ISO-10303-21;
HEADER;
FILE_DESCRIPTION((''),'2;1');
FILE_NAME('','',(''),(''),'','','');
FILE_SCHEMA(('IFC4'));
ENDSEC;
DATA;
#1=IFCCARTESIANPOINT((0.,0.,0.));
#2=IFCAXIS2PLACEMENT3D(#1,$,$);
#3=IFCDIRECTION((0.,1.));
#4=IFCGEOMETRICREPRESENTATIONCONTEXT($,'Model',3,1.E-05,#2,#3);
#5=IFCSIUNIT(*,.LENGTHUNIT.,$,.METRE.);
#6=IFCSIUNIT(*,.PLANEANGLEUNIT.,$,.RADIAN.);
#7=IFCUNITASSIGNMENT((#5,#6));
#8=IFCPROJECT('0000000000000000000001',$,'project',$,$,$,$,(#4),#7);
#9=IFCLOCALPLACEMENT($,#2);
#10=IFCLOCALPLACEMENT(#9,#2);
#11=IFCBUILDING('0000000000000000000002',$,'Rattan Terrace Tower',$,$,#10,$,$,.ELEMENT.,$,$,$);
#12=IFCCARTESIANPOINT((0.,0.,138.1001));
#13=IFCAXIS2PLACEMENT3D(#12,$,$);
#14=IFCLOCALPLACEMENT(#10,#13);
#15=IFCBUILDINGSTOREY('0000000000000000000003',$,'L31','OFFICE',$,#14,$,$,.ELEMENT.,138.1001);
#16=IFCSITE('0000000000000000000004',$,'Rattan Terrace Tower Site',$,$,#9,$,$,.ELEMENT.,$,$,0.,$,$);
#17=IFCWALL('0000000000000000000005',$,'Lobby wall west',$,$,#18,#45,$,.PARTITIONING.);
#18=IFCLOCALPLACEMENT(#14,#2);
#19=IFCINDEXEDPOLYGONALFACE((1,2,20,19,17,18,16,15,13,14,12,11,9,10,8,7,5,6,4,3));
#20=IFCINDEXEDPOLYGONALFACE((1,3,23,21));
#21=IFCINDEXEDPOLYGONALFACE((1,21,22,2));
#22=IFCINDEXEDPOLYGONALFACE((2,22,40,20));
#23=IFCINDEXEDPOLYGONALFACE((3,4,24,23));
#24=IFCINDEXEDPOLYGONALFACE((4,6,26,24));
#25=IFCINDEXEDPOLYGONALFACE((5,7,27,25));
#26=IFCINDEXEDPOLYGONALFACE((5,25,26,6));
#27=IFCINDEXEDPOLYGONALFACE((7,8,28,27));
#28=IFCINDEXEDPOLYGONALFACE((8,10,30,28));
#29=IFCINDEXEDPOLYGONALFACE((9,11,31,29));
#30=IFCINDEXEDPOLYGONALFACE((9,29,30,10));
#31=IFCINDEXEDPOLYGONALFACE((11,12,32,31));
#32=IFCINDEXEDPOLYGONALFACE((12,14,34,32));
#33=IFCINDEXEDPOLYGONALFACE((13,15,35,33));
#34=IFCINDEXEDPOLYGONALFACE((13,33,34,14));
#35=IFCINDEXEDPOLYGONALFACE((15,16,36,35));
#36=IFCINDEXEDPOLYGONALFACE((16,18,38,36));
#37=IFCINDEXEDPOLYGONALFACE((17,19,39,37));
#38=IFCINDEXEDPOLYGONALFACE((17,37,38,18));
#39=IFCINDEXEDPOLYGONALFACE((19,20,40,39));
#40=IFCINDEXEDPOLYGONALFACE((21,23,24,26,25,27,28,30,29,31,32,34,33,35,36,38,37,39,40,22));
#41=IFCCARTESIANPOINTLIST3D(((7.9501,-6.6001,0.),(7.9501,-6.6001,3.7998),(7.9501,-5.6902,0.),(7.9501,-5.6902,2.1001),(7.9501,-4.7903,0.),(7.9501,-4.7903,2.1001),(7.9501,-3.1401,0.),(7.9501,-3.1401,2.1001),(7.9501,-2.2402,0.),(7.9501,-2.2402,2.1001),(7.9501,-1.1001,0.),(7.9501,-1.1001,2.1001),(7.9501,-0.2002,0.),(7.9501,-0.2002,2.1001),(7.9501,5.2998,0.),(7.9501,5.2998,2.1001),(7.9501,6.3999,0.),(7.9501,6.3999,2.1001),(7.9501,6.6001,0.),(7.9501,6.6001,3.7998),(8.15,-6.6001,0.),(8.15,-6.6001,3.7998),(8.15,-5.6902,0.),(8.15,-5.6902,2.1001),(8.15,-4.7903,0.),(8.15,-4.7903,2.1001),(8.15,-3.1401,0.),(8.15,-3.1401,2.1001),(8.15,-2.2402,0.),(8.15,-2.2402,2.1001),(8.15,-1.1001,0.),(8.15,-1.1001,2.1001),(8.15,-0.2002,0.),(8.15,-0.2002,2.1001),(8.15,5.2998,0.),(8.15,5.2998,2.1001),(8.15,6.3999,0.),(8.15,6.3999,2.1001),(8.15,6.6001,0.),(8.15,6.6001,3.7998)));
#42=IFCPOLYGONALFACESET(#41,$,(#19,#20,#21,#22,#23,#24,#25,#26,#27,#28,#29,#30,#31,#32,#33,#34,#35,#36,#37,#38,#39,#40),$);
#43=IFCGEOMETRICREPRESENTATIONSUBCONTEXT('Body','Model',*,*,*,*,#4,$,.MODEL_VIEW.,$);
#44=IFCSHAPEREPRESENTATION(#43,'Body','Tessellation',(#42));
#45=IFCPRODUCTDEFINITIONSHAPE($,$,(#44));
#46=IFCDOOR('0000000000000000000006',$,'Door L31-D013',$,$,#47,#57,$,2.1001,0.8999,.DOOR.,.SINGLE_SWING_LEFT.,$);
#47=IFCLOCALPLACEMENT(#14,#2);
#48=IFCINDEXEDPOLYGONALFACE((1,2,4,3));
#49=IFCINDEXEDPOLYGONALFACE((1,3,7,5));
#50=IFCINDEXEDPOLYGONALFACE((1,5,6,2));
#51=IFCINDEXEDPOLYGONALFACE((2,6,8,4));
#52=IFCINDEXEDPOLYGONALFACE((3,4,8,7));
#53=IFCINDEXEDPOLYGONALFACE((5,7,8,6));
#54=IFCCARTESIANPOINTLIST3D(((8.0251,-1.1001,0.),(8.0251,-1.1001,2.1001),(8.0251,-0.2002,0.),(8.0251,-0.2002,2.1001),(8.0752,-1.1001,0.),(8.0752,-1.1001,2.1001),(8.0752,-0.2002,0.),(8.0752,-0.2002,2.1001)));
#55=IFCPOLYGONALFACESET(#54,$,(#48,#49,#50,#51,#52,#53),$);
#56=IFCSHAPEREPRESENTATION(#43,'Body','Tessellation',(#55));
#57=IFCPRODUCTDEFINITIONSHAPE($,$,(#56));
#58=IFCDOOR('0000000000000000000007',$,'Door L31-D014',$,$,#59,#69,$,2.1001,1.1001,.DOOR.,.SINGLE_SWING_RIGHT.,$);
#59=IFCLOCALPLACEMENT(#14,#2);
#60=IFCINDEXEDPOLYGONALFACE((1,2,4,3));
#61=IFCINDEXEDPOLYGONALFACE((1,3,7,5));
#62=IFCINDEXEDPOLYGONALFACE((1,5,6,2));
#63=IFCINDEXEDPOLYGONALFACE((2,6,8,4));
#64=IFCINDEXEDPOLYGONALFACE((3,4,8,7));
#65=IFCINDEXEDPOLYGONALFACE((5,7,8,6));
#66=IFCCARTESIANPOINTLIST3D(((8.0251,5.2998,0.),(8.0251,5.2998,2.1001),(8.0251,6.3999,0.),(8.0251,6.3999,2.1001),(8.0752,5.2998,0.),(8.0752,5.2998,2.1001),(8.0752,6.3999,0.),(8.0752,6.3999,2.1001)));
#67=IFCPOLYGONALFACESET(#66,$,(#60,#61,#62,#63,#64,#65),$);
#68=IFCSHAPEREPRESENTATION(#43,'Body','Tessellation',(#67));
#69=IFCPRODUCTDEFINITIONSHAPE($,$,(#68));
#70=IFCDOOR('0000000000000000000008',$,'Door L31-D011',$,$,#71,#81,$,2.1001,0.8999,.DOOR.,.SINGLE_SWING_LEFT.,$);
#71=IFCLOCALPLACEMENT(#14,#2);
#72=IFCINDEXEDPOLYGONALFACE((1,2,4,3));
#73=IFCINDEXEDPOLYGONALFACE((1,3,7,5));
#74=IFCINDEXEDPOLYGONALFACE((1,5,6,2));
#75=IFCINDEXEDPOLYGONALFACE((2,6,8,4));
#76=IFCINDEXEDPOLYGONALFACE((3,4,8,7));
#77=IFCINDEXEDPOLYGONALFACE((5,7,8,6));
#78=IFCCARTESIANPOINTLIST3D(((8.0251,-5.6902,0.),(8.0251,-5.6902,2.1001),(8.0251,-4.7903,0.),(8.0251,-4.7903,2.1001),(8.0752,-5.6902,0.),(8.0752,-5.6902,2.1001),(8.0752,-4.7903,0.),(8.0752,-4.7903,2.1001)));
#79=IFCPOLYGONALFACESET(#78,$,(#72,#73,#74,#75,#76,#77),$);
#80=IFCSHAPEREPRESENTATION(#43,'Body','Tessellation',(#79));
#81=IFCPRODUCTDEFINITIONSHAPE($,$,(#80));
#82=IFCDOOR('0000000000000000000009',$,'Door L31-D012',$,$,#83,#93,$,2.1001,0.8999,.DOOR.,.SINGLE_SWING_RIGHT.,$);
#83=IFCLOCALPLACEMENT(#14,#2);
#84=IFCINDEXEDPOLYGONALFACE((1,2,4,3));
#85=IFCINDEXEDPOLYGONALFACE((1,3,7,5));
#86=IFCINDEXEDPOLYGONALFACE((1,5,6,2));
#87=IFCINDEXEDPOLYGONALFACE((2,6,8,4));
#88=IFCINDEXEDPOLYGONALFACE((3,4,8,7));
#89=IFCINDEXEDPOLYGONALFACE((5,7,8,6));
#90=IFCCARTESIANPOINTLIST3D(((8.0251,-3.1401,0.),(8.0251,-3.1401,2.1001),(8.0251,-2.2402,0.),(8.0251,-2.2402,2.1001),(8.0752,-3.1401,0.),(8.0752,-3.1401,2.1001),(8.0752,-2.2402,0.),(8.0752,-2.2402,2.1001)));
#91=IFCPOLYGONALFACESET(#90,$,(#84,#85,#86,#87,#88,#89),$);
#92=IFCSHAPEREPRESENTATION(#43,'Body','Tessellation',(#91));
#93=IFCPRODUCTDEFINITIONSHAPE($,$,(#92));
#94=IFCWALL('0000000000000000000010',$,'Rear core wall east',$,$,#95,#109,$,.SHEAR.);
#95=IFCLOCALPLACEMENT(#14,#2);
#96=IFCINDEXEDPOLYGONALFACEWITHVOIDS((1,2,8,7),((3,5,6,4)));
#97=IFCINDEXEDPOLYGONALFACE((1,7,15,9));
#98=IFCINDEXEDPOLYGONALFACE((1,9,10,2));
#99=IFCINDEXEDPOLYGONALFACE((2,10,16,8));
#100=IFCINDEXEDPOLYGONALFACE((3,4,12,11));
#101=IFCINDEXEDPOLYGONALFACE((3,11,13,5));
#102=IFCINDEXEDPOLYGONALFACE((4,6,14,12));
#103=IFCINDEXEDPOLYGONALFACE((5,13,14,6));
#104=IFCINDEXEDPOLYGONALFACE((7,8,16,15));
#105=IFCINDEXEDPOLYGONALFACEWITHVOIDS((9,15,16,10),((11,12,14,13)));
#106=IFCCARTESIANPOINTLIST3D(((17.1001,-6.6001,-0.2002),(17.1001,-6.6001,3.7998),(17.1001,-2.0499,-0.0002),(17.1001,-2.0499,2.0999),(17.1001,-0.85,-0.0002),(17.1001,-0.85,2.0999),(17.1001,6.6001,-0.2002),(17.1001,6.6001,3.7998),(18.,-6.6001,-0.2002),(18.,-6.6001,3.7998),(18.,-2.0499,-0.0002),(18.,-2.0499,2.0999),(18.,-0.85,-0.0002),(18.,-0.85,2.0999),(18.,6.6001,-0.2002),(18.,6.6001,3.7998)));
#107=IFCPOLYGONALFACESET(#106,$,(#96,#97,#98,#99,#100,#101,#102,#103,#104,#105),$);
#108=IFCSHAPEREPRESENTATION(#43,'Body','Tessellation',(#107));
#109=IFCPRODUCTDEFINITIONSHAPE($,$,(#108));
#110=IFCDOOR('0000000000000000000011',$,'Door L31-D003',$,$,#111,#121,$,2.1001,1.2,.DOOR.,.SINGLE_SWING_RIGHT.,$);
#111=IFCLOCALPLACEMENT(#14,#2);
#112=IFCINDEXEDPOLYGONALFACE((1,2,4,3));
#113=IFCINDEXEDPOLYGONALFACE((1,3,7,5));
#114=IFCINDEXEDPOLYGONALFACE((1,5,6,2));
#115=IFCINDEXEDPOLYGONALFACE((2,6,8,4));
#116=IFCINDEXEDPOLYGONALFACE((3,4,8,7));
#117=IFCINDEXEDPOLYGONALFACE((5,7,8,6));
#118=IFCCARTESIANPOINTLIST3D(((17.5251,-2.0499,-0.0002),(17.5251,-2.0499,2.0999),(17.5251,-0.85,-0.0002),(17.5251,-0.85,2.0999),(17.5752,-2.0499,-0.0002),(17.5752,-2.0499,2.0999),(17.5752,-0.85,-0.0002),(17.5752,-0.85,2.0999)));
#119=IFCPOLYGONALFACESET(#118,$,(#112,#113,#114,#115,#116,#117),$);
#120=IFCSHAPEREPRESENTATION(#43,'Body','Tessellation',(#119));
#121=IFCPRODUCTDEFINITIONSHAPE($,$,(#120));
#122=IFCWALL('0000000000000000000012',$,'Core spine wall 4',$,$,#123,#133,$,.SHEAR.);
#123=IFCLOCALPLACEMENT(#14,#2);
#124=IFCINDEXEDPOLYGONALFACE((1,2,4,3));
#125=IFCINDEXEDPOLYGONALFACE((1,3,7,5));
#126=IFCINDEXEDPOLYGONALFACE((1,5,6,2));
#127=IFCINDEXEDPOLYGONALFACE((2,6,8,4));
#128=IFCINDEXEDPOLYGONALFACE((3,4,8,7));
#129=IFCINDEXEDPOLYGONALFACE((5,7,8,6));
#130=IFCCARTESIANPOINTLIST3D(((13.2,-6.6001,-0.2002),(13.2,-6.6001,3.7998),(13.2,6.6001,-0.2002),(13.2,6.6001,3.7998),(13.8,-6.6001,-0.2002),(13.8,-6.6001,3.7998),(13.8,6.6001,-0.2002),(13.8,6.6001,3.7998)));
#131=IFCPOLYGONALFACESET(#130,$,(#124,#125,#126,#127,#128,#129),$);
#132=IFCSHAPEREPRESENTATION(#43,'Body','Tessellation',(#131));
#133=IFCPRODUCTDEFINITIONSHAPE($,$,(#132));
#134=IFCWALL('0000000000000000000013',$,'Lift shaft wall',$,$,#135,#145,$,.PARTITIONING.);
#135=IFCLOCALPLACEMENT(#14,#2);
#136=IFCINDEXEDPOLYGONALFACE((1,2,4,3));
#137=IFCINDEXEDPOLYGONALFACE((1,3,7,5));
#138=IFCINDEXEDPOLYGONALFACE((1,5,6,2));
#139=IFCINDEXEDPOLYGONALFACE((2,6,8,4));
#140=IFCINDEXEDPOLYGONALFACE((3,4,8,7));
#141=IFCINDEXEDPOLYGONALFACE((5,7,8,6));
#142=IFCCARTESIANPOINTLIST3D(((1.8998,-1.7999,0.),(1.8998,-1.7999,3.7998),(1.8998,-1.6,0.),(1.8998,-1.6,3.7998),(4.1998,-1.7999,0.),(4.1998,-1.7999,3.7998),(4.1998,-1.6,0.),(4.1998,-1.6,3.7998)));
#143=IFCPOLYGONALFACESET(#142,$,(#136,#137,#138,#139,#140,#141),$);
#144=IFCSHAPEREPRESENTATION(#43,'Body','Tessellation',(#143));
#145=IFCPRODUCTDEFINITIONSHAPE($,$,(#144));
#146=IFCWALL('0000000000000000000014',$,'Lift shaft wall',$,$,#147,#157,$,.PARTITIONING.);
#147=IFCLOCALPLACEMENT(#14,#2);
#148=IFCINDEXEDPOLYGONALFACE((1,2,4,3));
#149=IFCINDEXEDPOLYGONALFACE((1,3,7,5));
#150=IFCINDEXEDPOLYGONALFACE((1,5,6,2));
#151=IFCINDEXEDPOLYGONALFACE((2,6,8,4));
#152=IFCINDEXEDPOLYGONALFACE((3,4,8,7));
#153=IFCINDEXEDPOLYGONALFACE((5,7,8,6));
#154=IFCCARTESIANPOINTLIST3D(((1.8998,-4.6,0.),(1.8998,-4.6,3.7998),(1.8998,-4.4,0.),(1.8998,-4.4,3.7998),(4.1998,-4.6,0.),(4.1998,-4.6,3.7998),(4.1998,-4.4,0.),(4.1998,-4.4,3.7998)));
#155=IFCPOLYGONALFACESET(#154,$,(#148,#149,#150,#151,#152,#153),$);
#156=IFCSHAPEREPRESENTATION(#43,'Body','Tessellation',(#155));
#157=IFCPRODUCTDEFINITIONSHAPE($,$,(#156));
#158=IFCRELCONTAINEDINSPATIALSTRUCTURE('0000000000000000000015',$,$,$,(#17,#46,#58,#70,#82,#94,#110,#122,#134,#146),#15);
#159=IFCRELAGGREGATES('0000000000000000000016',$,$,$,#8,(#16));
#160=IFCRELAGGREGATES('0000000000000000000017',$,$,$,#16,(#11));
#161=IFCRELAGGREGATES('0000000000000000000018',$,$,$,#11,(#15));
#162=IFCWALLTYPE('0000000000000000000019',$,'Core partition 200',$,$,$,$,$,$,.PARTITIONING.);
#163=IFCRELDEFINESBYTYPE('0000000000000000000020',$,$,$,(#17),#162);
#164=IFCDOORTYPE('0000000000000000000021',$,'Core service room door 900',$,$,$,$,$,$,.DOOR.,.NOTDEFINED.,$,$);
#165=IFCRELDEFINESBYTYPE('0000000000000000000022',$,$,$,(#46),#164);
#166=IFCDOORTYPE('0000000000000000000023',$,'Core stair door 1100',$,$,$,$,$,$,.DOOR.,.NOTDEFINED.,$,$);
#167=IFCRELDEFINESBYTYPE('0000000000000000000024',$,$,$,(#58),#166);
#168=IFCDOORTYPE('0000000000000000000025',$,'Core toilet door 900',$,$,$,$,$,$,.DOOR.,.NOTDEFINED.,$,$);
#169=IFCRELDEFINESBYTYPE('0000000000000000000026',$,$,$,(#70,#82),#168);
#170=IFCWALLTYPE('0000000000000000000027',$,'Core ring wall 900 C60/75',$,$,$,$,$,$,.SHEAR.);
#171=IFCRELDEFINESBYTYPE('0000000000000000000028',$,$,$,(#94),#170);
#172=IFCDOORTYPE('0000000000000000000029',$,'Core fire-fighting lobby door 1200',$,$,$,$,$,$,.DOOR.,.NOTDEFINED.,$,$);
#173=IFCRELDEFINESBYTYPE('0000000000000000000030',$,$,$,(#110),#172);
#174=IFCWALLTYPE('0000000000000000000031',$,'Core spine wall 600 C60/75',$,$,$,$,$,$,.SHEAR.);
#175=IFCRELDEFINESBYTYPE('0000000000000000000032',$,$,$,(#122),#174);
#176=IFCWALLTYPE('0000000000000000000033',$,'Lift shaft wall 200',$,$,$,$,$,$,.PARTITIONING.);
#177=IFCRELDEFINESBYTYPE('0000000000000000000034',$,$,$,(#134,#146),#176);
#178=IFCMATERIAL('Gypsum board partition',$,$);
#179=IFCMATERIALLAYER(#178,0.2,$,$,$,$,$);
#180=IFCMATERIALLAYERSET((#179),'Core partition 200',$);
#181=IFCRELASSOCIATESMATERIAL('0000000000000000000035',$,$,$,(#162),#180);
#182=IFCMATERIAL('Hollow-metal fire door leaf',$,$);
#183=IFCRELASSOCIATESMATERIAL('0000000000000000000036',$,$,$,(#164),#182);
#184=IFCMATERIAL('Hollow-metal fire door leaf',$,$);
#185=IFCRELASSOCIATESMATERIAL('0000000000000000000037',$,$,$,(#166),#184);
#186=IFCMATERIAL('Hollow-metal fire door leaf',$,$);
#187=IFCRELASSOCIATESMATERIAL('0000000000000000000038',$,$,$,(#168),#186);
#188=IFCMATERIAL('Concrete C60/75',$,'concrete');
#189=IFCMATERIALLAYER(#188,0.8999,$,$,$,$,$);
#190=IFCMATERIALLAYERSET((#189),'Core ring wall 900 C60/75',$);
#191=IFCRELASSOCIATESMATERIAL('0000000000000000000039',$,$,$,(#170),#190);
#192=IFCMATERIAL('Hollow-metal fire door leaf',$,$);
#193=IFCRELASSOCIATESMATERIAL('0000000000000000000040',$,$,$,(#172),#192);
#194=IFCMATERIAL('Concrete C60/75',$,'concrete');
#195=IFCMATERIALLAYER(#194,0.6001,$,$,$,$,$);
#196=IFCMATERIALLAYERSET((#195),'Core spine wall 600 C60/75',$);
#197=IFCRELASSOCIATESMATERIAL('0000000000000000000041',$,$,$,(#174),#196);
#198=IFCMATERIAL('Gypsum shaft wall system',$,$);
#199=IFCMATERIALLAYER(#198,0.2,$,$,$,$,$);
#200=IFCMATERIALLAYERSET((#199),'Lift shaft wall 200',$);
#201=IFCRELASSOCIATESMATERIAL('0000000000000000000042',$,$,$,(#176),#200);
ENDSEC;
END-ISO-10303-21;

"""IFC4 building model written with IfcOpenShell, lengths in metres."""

from ifc_helpers import new_model, si_unit, direction, frame, frame_2d, origin, place, context, subcontext, project, spatial, rectangle, extrude, material, layer, layer_set, type_object, element, fill, save


model = new_model("IFC4")

# Units and contexts
model_context = context("Model", 3, precision=1e-05, world=origin(), true_north=direction((0.0, 1.0)))
body_context = subcontext(model_context, "Body", "Model", "MODEL_VIEW")
ifc_project = project(units=[si_unit("LENGTHUNIT", "METRE"), si_unit("PLANEANGLEUNIT", "RADIAN")], contexts=[model_context])

# Site, building, storey
site_placement = place(None, origin())
site = spatial("IfcSite", under=ifc_project, at=site_placement, Name="Rattan Terrace Tower Site", CompositionType="ELEMENT", RefElevation=0.0)
building_placement = place(site_placement, origin())
building = spatial("IfcBuilding", under=site, at=building_placement, Name="Rattan Terrace Tower", CompositionType="ELEMENT")
storey_placement = place(building_placement, frame((0.0, 0.0, 138.1001)))
storey = spatial("IfcBuildingStorey", under=building, at=storey_placement, Name="L31", Description="OFFICE", CompositionType="ELEMENT", Elevation=138.1001)

# Shared definitions
ifc_material_1 = material(Name="Gypsum board partition")
ifc_layer_1 = layer(ifc_material_1, 0.2)
ifc_layer_set_1 = layer_set([ifc_layer_1], Name="Core partition 200")
wall_type_1 = type_object("IfcWallType", Name="Core partition 200", PredefinedType="PARTITIONING", material=ifc_layer_set_1)

# Wall, openings, doors
wall_1_placement = place(storey_placement, frame((8.05, -6.6001, 0.0), z_axis=(0.0, 0.0, 1.0), x_axis=(0.0, 1.0, 0.0)))
wall_1 = element("IfcWall", 1, at=wall_1_placement, inside=storey, type_object=wall_type_1, Name="Lobby wall west", PredefinedType="PARTITIONING", context=body_context, shape_type="SweptSolid", body=[
    extrude(rectangle(XDim=13.2002, YDim=0.2, at=frame_2d((6.6001, 0.0))), origin(), (0.0, 0.0, 1.0), 3.7998),
])
opening_1_placement = place(wall_1_placement, frame((0.9099, 0.0, 0.0)))
opening_1 = element("IfcOpeningElement", 2, at=opening_1_placement, cuts=wall_1, PredefinedType="OPENING", context=body_context, shape_type="SweptSolid", body=[
    extrude(rectangle(XDim=0.8999, YDim=2.1001, at=frame_2d((0.45, 1.05))), frame((0.0, 0.1106, 0.0), z_axis=(0.0, -1.0, 0.0), x_axis=(1.0, 0.0, 0.0)), (0.0, 0.0, 1.0), 0.2209),
])
opening_2_placement = place(wall_1_placement, frame((3.46, 0.0, 0.0)))
opening_2 = element("IfcOpeningElement", 3, at=opening_2_placement, cuts=wall_1, PredefinedType="OPENING", context=body_context, shape_type="SweptSolid", body=[
    extrude(rectangle(XDim=0.8999, YDim=2.1001, at=frame_2d((0.45, 1.05))), frame((0.0, 0.1106, 0.0), z_axis=(0.0, -1.0, 0.0), x_axis=(1.0, 0.0, 0.0)), (0.0, 0.0, 1.0), 0.2209),
])
opening_3_placement = place(wall_1_placement, frame((5.5, 0.0, 0.0)))
opening_3 = element("IfcOpeningElement", 4, at=opening_3_placement, cuts=wall_1, PredefinedType="OPENING", context=body_context, shape_type="SweptSolid", body=[
    extrude(rectangle(XDim=0.8999, YDim=2.1001, at=frame_2d((0.45, 1.05))), frame((0.0, 0.1106, 0.0), z_axis=(0.0, -1.0, 0.0), x_axis=(1.0, 0.0, 0.0)), (0.0, 0.0, 1.0), 0.2209),
])
opening_4_placement = place(wall_1_placement, frame((11.8999, 0.0, 0.0)))
opening_4 = element("IfcOpeningElement", 5, at=opening_4_placement, cuts=wall_1, PredefinedType="OPENING", context=body_context, shape_type="SweptSolid", body=[
    extrude(rectangle(XDim=1.1001, YDim=2.1001, at=frame_2d((0.55, 1.05))), frame((0.0, 0.1106, 0.0), z_axis=(0.0, -1.0, 0.0), x_axis=(1.0, 0.0, 0.0)), (0.0, 0.0, 1.0), 0.2209),
])
ifc_material_2 = material(Name="Hollow-metal fire door leaf")
door_type_1 = type_object("IfcDoorType", Name="Core service room door 900", OperationType="NOTDEFINED", PredefinedType="DOOR", material=ifc_material_2)
door_1_placement = place(opening_3_placement, origin())
door_1 = element("IfcDoor", 6, at=door_1_placement, inside=storey, type_object=door_type_1, Name="Door L31-D013", OperationType="SINGLE_SWING_LEFT", OverallHeight=2.1001, OverallWidth=0.8999, PredefinedType="DOOR", context=body_context, shape_type="SweptSolid", body=[
    extrude(rectangle(XDim=0.8999, YDim=2.1001, at=frame_2d((0.45, 1.05))), frame((0.0, 0.0249, 0.0), z_axis=(0.0, -1.0, 0.0), x_axis=(1.0, 0.0, 0.0)), (0.0, 0.0, 1.0), 0.05),
])
fill(opening_3, door_1)
ifc_material_3 = material(Name="Hollow-metal fire door leaf")
door_type_2 = type_object("IfcDoorType", Name="Core stair door 1100", OperationType="NOTDEFINED", PredefinedType="DOOR", material=ifc_material_3)
door_2_placement = place(opening_4_placement, origin())
door_2 = element("IfcDoor", 7, at=door_2_placement, inside=storey, type_object=door_type_2, Name="Door L31-D014", OperationType="SINGLE_SWING_RIGHT", OverallHeight=2.1001, OverallWidth=1.1001, PredefinedType="DOOR", context=body_context, shape_type="SweptSolid", body=[
    extrude(rectangle(XDim=1.1001, YDim=2.1001, at=frame_2d((0.55, 1.05))), frame((0.0, 0.0249, 0.0), z_axis=(0.0, -1.0, 0.0), x_axis=(1.0, 0.0, 0.0)), (0.0, 0.0, 1.0), 0.05),
])
fill(opening_4, door_2)
ifc_material_4 = material(Name="Hollow-metal fire door leaf")
door_type_3 = type_object("IfcDoorType", Name="Core toilet door 900", OperationType="NOTDEFINED", PredefinedType="DOOR", material=ifc_material_4)
door_3_placement = place(opening_1_placement, origin())
door_3 = element("IfcDoor", 8, at=door_3_placement, inside=storey, type_object=door_type_3, Name="Door L31-D011", OperationType="SINGLE_SWING_LEFT", OverallHeight=2.1001, OverallWidth=0.8999, PredefinedType="DOOR", context=body_context, shape_type="SweptSolid", body=[
    extrude(rectangle(XDim=0.8999, YDim=2.1001, at=frame_2d((0.45, 1.05))), frame((0.0, 0.0249, 0.0), z_axis=(0.0, -1.0, 0.0), x_axis=(1.0, 0.0, 0.0)), (0.0, 0.0, 1.0), 0.05),
])
fill(opening_1, door_3)
door_4_placement = place(opening_2_placement, origin())
door_4 = element("IfcDoor", 9, at=door_4_placement, inside=storey, type_object=door_type_3, Name="Door L31-D012", OperationType="SINGLE_SWING_RIGHT", OverallHeight=2.1001, OverallWidth=0.8999, PredefinedType="DOOR", context=body_context, shape_type="SweptSolid", body=[
    extrude(rectangle(XDim=0.8999, YDim=2.1001, at=frame_2d((0.45, 1.05))), frame((0.0, 0.0249, 0.0), z_axis=(0.0, -1.0, 0.0), x_axis=(1.0, 0.0, 0.0)), (0.0, 0.0, 1.0), 0.05),
])
fill(opening_2, door_4)

# Wall, opening, door
ifc_material_5 = material(Name="Concrete C60/75", Category="concrete")
ifc_layer_2 = layer(ifc_material_5, 0.8999)
ifc_layer_set_2 = layer_set([ifc_layer_2], Name="Core ring wall 900 C60/75")
wall_type_2 = type_object("IfcWallType", Name="Core ring wall 900 C60/75", PredefinedType="SHEAR", material=ifc_layer_set_2)
wall_2_placement = place(storey_placement, frame((17.55, -6.6001, -0.2002), z_axis=(0.0, 0.0, 1.0), x_axis=(0.0, 1.0, 0.0)))
wall_2 = element("IfcWall", 10, at=wall_2_placement, inside=storey, type_object=wall_type_2, Name="Rear core wall east", PredefinedType="SHEAR", context=body_context, shape_type="SweptSolid", body=[
    extrude(rectangle(XDim=13.2002, YDim=0.8999, at=frame_2d((6.6001, 0.0))), origin(), (0.0, 0.0, 1.0), 4.0),
])
opening_5_placement = place(wall_2_placement, frame((4.55, 0.0, 0.2)))
opening_5 = element("IfcOpeningElement", 11, at=opening_5_placement, cuts=wall_2, PredefinedType="OPENING", context=body_context, shape_type="SweptSolid", body=[
    extrude(rectangle(XDim=1.2, YDim=2.1001, at=frame_2d((0.6001, 1.05))), frame((0.0, 0.4604, 0.0), z_axis=(0.0, -1.0, 0.0), x_axis=(1.0, 0.0, 0.0)), (0.0, 0.0, 1.0), 0.9209),
])
ifc_material_6 = material(Name="Hollow-metal fire door leaf")
door_type_4 = type_object("IfcDoorType", Name="Core fire-fighting lobby door 1200", OperationType="NOTDEFINED", PredefinedType="DOOR", material=ifc_material_6)
door_5_placement = place(opening_5_placement, origin())
door_5 = element("IfcDoor", 12, at=door_5_placement, inside=storey, type_object=door_type_4, Name="Door L31-D003", OperationType="SINGLE_SWING_RIGHT", OverallHeight=2.1001, OverallWidth=1.2, PredefinedType="DOOR", context=body_context, shape_type="SweptSolid", body=[
    extrude(rectangle(XDim=1.2, YDim=2.1001, at=frame_2d((0.6001, 1.05))), frame((0.0, 0.0249, 0.0), z_axis=(0.0, -1.0, 0.0), x_axis=(1.0, 0.0, 0.0)), (0.0, 0.0, 1.0), 0.05),
])
fill(opening_5, door_5)

# Walls
ifc_material_7 = material(Name="Concrete C60/75", Category="concrete")
ifc_layer_3 = layer(ifc_material_7, 0.6001)
ifc_layer_set_3 = layer_set([ifc_layer_3], Name="Core spine wall 600 C60/75")
wall_type_3 = type_object("IfcWallType", Name="Core spine wall 600 C60/75", PredefinedType="SHEAR", material=ifc_layer_set_3)
wall_3_placement = place(storey_placement, frame((13.5, -6.6001, -0.2002), z_axis=(0.0, 0.0, 1.0), x_axis=(0.0, 1.0, 0.0)))
element("IfcWall", 13, at=wall_3_placement, inside=storey, type_object=wall_type_3, Name="Core spine wall 4", PredefinedType="SHEAR", context=body_context, shape_type="SweptSolid", body=[
    extrude(rectangle(XDim=13.2002, YDim=0.6001, at=frame_2d((6.6001, 0.0))), origin(), (0.0, 0.0, 1.0), 4.0),
])
ifc_material_8 = material(Name="Gypsum shaft wall system")
ifc_layer_4 = layer(ifc_material_8, 0.2)
ifc_layer_set_4 = layer_set([ifc_layer_4], Name="Lift shaft wall 200")
wall_type_4 = type_object("IfcWallType", Name="Lift shaft wall 200", PredefinedType="PARTITIONING", material=ifc_layer_set_4)
for number, where, z_axis, x_axis, name in (
    (14, (1.8999, -1.7, 0.0), (0.0, 0.0, 1.0), (1.0, 0.0, 0.0), "Lift shaft wall"),
    (15, (1.8999, -4.5, 0.0), (0.0, 0.0, 1.0), (1.0, 0.0, 0.0), "Lift shaft wall"),
):
    element("IfcWall", number, at=place(storey_placement, frame(where, z_axis=z_axis, x_axis=x_axis)), inside=storey, type_object=wall_type_4, Name=name, PredefinedType="PARTITIONING", context=body_context, shape_type="SweptSolid", body=[
        extrude(rectangle(XDim=2.3, YDim=0.2, at=frame_2d((1.1499, 0.0))), origin(), (0.0, 0.0, 1.0), 3.7998),
    ])

save(model, "model.ifc")
